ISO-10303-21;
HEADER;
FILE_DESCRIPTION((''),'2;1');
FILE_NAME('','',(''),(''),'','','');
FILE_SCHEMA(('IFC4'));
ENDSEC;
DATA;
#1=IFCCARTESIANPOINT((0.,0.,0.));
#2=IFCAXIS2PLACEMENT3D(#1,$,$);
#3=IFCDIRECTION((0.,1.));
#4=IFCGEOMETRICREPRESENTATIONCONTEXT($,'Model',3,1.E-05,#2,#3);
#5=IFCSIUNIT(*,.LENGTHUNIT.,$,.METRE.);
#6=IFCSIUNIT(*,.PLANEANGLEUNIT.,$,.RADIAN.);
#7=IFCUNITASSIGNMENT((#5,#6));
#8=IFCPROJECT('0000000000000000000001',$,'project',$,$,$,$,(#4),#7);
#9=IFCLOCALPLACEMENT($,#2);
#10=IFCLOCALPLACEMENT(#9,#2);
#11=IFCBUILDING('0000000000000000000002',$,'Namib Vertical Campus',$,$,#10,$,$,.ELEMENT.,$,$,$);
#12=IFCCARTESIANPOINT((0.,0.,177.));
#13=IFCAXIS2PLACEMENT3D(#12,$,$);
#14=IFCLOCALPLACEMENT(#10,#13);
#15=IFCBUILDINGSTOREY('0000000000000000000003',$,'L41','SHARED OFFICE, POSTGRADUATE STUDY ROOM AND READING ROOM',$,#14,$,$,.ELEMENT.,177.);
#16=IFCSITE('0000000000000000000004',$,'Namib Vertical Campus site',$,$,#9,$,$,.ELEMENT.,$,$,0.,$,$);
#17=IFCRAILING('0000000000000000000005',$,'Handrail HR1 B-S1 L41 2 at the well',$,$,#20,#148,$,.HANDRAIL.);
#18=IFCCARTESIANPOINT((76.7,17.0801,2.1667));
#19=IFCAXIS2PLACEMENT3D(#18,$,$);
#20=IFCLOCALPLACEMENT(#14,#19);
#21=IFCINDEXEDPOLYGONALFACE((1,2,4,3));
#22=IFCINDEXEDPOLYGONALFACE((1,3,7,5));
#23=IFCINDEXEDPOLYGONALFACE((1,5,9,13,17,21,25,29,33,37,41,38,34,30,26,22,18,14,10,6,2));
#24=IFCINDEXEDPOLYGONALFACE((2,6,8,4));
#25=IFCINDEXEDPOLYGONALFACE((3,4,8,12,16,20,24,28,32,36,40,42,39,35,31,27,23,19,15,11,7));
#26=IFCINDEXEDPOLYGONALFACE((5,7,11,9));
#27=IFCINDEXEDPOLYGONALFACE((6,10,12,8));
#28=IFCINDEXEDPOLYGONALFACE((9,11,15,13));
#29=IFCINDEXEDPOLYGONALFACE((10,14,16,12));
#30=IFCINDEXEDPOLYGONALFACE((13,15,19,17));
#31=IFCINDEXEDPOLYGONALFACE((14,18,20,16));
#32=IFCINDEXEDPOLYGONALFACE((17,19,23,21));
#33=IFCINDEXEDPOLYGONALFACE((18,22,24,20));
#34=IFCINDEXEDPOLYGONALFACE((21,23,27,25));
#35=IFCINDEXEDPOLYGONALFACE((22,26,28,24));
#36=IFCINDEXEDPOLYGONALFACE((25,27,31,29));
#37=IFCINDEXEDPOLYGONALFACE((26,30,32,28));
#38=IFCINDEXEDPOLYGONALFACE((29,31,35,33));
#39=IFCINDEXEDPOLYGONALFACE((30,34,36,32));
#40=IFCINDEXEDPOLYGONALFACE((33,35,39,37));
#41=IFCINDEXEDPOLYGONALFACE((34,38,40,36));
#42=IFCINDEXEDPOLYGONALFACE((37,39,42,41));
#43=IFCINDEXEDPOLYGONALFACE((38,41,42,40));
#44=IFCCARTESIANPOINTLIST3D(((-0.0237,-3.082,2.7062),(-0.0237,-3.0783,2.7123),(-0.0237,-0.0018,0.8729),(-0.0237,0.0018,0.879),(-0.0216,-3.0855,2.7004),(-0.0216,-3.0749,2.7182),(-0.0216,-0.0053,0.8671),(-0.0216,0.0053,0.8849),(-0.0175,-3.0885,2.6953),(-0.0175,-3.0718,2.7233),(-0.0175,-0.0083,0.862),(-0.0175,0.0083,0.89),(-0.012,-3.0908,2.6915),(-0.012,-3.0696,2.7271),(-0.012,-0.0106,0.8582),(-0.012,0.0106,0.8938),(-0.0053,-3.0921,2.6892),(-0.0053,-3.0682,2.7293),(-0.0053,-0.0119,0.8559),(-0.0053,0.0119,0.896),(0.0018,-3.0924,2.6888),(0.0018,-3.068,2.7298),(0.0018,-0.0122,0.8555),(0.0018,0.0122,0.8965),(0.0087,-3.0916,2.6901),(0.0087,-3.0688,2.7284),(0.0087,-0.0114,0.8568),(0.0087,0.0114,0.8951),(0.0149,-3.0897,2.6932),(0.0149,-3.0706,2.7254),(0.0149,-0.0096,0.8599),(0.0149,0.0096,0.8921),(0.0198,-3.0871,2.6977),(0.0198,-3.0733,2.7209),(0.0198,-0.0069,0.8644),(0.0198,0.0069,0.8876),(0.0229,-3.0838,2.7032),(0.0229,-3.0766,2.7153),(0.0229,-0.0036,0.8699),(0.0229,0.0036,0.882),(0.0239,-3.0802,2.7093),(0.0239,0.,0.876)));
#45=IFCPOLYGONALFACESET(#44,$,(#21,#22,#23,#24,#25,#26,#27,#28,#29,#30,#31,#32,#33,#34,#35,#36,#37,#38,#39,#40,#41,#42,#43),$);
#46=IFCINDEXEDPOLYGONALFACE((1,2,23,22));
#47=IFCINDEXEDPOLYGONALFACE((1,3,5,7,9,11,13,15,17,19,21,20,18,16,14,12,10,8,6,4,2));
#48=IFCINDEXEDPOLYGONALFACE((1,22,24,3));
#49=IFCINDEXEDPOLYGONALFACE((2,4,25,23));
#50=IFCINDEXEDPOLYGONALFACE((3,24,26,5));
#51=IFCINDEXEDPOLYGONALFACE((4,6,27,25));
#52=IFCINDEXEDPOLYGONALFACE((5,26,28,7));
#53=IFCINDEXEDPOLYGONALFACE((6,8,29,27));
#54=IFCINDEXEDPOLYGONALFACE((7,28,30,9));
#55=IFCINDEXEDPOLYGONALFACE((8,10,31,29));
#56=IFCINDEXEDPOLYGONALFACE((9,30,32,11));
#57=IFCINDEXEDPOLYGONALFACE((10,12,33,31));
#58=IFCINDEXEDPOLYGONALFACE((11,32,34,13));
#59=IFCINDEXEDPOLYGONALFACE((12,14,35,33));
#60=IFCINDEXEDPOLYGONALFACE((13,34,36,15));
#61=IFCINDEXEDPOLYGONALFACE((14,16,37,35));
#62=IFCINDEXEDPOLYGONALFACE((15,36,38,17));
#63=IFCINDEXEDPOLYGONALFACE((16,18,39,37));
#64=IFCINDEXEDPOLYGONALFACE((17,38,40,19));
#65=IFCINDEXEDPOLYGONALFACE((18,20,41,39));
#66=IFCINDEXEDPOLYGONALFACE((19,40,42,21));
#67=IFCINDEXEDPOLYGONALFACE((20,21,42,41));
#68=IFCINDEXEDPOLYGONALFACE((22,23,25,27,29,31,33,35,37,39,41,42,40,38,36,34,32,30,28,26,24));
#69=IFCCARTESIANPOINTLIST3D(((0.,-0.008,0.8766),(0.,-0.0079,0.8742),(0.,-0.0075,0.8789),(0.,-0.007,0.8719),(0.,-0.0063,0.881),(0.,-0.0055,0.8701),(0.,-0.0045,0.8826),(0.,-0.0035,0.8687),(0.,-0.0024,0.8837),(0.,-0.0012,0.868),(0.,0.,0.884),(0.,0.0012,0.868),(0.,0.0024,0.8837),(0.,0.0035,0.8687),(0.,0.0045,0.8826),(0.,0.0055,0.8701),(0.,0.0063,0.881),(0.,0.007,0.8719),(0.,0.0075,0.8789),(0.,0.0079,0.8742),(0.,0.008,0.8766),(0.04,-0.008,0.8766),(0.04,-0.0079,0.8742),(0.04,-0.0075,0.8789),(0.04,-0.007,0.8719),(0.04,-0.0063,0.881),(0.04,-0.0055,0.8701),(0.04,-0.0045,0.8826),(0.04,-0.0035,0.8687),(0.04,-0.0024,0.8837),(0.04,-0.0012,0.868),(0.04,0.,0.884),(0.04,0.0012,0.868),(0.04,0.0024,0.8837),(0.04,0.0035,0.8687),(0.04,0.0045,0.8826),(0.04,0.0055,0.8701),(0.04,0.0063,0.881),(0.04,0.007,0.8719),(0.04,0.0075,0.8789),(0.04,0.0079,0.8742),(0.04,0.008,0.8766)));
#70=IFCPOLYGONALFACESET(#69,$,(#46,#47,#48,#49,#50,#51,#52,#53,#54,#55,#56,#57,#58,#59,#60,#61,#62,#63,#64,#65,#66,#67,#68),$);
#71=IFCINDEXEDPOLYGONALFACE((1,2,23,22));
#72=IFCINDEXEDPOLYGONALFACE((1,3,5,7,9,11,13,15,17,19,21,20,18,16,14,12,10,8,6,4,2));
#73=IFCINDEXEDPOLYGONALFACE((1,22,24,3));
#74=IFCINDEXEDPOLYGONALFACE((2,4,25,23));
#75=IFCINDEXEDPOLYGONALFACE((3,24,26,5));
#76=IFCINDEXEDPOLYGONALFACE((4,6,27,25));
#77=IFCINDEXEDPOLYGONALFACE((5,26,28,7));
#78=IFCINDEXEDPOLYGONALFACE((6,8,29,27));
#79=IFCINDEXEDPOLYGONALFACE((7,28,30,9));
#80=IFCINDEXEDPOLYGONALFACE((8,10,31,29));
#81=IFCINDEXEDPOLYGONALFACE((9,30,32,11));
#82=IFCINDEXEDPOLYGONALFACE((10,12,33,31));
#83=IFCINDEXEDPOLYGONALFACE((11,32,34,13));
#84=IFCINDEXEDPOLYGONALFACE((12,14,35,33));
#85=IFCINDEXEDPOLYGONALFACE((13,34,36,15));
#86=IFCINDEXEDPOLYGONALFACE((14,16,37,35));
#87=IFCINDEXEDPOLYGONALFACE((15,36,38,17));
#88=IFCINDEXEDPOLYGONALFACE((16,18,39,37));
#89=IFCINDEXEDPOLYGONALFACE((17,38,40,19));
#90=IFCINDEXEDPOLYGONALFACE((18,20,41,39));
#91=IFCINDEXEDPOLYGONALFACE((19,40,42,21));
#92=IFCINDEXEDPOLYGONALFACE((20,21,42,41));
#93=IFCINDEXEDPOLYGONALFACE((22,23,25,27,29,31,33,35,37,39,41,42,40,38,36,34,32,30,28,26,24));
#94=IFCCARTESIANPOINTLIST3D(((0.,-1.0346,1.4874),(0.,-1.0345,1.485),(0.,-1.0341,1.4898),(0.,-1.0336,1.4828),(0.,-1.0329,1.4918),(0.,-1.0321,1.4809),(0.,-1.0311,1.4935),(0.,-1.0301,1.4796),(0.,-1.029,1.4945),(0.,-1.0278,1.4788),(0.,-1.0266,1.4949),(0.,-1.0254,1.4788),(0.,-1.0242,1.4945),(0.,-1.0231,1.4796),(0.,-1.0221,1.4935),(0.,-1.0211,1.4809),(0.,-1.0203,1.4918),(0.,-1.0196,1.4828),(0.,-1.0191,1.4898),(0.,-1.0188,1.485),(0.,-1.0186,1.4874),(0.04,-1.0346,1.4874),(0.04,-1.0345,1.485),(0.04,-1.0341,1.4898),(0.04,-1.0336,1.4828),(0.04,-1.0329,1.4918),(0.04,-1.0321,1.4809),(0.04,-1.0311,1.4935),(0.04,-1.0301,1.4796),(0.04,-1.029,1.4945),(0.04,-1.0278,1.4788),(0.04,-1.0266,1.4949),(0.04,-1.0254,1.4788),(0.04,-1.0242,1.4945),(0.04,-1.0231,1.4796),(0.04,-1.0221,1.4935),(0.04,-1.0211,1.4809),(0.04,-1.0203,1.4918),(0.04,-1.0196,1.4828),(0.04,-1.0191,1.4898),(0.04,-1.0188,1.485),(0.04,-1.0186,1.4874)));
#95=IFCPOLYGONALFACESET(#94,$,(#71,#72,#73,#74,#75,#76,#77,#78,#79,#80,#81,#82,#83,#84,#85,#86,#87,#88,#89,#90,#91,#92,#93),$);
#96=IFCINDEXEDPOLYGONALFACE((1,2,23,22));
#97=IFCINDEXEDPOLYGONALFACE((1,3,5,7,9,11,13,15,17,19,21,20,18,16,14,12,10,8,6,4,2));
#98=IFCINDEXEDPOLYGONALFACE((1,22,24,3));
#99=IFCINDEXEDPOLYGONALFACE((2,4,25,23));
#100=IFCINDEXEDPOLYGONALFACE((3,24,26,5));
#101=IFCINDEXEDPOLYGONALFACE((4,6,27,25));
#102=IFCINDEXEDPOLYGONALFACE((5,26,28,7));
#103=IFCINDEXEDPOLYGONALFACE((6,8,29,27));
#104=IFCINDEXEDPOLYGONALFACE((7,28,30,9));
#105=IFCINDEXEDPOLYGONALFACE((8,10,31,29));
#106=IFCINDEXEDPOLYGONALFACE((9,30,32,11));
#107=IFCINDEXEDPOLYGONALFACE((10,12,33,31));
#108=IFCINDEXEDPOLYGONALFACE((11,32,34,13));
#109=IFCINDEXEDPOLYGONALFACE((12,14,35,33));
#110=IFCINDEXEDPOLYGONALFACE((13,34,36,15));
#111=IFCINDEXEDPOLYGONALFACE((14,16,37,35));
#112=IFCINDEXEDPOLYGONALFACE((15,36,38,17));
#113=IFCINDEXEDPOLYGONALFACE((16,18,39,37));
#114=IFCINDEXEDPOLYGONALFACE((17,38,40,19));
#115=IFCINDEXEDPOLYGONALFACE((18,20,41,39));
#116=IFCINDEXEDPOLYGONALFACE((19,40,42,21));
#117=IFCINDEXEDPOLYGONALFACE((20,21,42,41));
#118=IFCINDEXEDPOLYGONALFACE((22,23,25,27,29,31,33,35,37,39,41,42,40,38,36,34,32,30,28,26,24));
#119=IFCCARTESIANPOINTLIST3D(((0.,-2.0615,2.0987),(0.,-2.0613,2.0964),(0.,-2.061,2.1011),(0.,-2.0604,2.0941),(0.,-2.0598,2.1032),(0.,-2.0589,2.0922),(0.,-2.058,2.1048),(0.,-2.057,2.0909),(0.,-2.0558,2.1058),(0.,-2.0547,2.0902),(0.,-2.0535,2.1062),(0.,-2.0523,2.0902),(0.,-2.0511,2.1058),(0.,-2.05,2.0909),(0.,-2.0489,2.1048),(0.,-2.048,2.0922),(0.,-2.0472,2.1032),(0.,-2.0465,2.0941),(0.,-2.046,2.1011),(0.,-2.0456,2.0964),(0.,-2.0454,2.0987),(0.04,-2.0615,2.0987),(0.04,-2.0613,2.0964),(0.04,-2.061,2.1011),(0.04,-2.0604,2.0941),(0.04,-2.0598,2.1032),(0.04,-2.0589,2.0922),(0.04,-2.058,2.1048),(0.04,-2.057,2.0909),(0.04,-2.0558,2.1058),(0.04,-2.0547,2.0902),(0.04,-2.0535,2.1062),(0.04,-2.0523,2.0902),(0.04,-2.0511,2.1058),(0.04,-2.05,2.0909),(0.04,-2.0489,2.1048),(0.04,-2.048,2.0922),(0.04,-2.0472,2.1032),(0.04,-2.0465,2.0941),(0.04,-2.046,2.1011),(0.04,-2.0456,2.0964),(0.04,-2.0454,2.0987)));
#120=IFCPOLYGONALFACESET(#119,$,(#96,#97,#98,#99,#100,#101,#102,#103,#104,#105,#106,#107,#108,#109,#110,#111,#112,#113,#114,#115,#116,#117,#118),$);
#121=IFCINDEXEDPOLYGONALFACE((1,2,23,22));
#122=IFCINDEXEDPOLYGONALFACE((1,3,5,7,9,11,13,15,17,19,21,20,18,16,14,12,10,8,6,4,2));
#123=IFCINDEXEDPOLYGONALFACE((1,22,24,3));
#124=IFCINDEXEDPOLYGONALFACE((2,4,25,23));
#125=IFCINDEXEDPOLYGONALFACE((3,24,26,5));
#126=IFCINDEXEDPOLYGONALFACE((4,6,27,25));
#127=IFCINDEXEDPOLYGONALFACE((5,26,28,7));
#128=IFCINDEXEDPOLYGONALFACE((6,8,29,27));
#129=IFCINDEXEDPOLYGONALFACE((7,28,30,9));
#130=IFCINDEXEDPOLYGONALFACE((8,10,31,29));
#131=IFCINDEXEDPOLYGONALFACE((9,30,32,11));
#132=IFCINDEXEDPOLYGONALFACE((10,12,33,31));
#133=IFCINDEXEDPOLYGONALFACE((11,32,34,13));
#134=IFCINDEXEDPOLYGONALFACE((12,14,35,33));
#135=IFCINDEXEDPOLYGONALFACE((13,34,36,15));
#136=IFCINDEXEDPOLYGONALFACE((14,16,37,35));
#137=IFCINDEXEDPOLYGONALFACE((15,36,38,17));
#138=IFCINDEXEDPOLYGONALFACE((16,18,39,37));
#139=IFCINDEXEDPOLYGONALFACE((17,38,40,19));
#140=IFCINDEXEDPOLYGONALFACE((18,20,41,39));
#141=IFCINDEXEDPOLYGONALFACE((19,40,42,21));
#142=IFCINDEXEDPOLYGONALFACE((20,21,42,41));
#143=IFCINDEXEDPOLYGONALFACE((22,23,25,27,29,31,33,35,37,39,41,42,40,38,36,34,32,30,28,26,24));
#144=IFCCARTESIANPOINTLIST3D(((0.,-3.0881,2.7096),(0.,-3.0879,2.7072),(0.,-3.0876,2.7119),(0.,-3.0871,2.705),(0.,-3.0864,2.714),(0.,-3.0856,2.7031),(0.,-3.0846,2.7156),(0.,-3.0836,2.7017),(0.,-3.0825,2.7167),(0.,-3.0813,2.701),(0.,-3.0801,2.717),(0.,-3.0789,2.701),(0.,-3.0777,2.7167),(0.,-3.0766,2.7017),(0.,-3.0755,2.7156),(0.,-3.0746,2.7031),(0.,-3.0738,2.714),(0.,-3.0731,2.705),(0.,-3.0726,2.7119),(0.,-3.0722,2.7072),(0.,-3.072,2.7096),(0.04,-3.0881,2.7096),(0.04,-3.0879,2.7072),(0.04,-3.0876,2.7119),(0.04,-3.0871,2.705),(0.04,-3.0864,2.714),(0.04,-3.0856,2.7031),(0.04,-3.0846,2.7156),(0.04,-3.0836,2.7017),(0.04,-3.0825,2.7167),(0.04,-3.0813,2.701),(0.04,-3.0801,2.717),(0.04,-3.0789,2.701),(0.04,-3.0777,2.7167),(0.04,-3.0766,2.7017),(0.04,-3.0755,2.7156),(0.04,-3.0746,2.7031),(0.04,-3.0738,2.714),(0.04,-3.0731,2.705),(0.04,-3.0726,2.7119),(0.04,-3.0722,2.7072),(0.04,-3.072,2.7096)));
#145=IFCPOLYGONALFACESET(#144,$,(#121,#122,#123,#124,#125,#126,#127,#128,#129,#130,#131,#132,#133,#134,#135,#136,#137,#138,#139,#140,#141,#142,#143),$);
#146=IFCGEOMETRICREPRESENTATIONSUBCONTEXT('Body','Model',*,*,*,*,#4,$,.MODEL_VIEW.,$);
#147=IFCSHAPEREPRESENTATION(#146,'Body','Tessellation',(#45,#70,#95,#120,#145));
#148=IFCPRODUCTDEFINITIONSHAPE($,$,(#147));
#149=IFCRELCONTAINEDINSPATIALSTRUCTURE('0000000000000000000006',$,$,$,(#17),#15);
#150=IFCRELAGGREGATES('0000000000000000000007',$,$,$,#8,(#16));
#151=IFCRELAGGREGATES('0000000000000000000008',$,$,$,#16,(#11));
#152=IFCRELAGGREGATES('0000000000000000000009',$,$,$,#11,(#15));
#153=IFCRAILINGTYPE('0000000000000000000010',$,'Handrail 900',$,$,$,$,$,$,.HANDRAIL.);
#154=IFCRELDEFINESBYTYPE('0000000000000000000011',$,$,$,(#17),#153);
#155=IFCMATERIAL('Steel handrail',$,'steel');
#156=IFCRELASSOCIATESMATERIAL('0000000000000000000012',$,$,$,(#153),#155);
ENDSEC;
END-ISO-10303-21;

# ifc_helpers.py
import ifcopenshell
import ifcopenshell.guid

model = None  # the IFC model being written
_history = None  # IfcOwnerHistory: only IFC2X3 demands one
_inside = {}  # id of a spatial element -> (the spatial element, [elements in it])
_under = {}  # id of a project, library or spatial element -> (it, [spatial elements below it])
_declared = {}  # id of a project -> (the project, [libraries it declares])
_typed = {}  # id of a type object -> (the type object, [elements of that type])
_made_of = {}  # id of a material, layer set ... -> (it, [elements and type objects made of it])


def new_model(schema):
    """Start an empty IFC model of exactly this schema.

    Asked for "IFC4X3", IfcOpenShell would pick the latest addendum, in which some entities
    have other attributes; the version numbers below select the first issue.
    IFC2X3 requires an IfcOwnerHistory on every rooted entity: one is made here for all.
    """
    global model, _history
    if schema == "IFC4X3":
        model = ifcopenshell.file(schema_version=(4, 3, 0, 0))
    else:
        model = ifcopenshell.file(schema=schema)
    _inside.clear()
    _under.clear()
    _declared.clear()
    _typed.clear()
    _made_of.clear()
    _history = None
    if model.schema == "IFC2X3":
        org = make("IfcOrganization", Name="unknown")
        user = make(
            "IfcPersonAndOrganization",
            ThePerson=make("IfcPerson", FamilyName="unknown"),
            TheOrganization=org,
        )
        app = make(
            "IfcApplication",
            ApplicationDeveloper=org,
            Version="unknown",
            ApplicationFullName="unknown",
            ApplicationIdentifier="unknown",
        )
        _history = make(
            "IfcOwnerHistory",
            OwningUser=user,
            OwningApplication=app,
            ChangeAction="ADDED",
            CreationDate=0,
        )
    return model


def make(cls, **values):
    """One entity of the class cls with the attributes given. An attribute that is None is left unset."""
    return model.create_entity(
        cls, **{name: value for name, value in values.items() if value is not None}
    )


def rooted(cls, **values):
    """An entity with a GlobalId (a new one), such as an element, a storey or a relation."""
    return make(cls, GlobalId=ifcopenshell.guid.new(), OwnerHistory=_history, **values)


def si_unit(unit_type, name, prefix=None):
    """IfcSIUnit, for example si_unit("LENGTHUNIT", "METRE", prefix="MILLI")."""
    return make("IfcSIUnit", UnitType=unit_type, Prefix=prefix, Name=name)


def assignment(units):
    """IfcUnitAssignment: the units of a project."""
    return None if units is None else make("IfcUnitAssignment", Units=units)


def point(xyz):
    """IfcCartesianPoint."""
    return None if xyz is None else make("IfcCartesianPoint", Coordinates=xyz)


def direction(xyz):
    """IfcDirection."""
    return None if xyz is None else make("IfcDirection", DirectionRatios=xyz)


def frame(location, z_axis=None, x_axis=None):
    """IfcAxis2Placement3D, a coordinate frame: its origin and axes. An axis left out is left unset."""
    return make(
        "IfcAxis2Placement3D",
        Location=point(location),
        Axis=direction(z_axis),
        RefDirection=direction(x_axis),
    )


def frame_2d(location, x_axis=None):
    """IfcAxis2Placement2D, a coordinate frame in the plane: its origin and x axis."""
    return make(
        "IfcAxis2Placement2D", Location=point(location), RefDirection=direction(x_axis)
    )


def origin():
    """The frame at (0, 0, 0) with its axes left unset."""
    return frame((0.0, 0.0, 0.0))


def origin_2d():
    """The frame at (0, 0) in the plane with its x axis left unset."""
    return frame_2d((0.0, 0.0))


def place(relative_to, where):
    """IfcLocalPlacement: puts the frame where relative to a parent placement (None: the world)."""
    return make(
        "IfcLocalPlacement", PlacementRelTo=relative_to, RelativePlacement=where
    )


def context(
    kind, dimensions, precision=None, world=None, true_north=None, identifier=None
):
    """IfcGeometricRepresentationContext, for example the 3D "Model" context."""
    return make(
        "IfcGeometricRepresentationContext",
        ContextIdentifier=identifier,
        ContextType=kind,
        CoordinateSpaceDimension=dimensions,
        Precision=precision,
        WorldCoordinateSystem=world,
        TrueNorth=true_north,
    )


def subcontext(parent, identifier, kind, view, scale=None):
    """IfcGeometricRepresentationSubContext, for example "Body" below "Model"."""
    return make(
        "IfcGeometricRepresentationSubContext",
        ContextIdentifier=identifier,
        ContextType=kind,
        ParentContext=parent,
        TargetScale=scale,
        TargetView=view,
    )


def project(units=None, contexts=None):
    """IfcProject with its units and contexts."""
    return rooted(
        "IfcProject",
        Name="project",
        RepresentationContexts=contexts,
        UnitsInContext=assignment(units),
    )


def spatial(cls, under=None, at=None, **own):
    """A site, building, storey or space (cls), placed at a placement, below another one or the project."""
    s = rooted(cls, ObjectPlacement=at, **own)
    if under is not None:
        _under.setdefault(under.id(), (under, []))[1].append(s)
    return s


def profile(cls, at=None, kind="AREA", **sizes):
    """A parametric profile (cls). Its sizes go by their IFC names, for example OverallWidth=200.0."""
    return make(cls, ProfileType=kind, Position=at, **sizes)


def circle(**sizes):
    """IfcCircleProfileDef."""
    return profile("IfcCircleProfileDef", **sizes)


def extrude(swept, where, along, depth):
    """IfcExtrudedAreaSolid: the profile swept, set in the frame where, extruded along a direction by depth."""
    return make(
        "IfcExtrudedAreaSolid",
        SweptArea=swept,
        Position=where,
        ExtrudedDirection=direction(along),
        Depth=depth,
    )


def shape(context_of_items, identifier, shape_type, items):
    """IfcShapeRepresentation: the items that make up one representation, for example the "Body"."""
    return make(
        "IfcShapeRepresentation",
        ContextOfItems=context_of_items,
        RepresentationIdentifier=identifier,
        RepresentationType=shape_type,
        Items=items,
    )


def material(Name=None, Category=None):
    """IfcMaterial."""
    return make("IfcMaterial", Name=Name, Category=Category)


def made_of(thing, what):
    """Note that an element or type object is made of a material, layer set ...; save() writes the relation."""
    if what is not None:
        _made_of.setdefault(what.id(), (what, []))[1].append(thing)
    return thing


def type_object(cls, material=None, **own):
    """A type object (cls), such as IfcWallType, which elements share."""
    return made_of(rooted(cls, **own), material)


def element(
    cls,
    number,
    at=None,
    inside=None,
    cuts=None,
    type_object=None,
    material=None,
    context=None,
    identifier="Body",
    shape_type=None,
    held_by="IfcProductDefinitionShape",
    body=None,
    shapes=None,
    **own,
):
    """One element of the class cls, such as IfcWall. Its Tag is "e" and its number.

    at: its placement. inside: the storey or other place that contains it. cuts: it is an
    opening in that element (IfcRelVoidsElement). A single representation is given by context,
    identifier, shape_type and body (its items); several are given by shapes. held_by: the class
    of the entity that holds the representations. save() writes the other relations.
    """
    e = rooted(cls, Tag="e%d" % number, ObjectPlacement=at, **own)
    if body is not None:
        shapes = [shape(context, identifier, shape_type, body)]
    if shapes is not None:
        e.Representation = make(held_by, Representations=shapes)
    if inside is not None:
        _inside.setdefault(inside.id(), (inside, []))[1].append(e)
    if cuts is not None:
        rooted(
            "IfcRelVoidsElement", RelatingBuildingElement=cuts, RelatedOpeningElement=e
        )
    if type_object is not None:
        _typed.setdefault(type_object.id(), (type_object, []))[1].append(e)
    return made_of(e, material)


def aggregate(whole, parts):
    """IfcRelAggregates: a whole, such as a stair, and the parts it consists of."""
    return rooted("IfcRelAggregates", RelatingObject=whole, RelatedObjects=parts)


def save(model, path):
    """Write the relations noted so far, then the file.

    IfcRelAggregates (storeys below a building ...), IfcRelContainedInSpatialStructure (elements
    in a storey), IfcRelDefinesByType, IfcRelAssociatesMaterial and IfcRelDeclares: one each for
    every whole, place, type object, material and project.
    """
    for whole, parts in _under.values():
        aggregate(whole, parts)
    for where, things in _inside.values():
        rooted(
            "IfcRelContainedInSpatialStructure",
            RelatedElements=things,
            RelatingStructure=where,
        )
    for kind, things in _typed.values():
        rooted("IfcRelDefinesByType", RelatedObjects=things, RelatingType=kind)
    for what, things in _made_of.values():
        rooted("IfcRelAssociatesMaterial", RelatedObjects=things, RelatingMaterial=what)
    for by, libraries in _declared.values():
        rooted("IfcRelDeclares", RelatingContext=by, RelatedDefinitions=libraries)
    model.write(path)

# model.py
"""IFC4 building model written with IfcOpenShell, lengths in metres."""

from ifc_helpers import new_model, si_unit, direction, frame, origin, origin_2d, place, context, subcontext, project, spatial, circle, extrude, material, type_object, element, save


model = new_model("IFC4")

# Units and contexts
model_context = context("Model", 3, precision=1e-05, world=origin(), true_north=direction((0.0, 1.0)))
body_context = subcontext(model_context, "Body", "Model", "MODEL_VIEW")
ifc_project = project(units=[si_unit("LENGTHUNIT", "METRE"), si_unit("PLANEANGLEUNIT", "RADIAN")], contexts=[model_context])

# Site, building, storey
site_placement = place(None, origin())
site = spatial("IfcSite", under=ifc_project, at=site_placement, Name="Namib Vertical Campus site", CompositionType="ELEMENT", RefElevation=0.0)
building_placement = place(site_placement, origin())
building = spatial("IfcBuilding", under=site, at=building_placement, Name="Namib Vertical Campus", CompositionType="ELEMENT")
storey_placement = place(building_placement, frame((0.0, 0.0, 177.0)))
storey = spatial("IfcBuildingStorey", under=building, at=storey_placement, Name="L41", Description="SHARED OFFICE, POSTGRADUATE STUDY ROOM AND READING ROOM", CompositionType="ELEMENT", Elevation=177.0)

# Railing
ifc_material_1 = material(Name="Steel handrail", Category="steel")
railing_type_1 = type_object("IfcRailingType", Name="Handrail 900", PredefinedType="HANDRAIL", material=ifc_material_1)
railing_1_placement = place(storey_placement, frame((76.7, 17.0801, 2.1667)))
element("IfcRailing", 1, at=railing_1_placement, inside=storey, type_object=railing_type_1, Name="Handrail HR1 B-S1 L41 2 at the well", PredefinedType="HANDRAIL", context=body_context, shape_type="SweptSolid", body=[
    extrude(circle(Radius=0.0239, at=origin_2d()), frame((0.0, 0.0, 0.876), z_axis=(0.0, -0.859309, 0.511458), x_axis=(1.0, 0.0, 0.0)), (0.0, 0.0, 1.0), 3.5845),
    extrude(circle(Radius=0.0081, at=origin_2d()), frame((0.0, 0.0, 0.876), z_axis=(1.0, 0.0, 0.0), x_axis=(0.0, 0.0, 1.0)), (0.0, 0.0, 1.0), 0.04),
    extrude(circle(Radius=0.0081, at=origin_2d()), frame((0.0, -1.0266, 1.4868), z_axis=(1.0, 0.0, 0.0), x_axis=(0.0, 0.0, 1.0)), (0.0, 0.0, 1.0), 0.04),
    extrude(circle(Radius=0.0081, at=origin_2d()), frame((0.0, -2.0535, 2.0981), z_axis=(1.0, 0.0, 0.0), x_axis=(0.0, 0.0, 1.0)), (0.0, 0.0, 1.0), 0.04),
    extrude(circle(Radius=0.0081, at=origin_2d()), frame((0.0, -3.0801, 2.709), z_axis=(1.0, 0.0, 0.0), x_axis=(0.0, 0.0, 1.0)), (0.0, 0.0, 1.0), 0.04),
])

save(model, "model.ifc")
